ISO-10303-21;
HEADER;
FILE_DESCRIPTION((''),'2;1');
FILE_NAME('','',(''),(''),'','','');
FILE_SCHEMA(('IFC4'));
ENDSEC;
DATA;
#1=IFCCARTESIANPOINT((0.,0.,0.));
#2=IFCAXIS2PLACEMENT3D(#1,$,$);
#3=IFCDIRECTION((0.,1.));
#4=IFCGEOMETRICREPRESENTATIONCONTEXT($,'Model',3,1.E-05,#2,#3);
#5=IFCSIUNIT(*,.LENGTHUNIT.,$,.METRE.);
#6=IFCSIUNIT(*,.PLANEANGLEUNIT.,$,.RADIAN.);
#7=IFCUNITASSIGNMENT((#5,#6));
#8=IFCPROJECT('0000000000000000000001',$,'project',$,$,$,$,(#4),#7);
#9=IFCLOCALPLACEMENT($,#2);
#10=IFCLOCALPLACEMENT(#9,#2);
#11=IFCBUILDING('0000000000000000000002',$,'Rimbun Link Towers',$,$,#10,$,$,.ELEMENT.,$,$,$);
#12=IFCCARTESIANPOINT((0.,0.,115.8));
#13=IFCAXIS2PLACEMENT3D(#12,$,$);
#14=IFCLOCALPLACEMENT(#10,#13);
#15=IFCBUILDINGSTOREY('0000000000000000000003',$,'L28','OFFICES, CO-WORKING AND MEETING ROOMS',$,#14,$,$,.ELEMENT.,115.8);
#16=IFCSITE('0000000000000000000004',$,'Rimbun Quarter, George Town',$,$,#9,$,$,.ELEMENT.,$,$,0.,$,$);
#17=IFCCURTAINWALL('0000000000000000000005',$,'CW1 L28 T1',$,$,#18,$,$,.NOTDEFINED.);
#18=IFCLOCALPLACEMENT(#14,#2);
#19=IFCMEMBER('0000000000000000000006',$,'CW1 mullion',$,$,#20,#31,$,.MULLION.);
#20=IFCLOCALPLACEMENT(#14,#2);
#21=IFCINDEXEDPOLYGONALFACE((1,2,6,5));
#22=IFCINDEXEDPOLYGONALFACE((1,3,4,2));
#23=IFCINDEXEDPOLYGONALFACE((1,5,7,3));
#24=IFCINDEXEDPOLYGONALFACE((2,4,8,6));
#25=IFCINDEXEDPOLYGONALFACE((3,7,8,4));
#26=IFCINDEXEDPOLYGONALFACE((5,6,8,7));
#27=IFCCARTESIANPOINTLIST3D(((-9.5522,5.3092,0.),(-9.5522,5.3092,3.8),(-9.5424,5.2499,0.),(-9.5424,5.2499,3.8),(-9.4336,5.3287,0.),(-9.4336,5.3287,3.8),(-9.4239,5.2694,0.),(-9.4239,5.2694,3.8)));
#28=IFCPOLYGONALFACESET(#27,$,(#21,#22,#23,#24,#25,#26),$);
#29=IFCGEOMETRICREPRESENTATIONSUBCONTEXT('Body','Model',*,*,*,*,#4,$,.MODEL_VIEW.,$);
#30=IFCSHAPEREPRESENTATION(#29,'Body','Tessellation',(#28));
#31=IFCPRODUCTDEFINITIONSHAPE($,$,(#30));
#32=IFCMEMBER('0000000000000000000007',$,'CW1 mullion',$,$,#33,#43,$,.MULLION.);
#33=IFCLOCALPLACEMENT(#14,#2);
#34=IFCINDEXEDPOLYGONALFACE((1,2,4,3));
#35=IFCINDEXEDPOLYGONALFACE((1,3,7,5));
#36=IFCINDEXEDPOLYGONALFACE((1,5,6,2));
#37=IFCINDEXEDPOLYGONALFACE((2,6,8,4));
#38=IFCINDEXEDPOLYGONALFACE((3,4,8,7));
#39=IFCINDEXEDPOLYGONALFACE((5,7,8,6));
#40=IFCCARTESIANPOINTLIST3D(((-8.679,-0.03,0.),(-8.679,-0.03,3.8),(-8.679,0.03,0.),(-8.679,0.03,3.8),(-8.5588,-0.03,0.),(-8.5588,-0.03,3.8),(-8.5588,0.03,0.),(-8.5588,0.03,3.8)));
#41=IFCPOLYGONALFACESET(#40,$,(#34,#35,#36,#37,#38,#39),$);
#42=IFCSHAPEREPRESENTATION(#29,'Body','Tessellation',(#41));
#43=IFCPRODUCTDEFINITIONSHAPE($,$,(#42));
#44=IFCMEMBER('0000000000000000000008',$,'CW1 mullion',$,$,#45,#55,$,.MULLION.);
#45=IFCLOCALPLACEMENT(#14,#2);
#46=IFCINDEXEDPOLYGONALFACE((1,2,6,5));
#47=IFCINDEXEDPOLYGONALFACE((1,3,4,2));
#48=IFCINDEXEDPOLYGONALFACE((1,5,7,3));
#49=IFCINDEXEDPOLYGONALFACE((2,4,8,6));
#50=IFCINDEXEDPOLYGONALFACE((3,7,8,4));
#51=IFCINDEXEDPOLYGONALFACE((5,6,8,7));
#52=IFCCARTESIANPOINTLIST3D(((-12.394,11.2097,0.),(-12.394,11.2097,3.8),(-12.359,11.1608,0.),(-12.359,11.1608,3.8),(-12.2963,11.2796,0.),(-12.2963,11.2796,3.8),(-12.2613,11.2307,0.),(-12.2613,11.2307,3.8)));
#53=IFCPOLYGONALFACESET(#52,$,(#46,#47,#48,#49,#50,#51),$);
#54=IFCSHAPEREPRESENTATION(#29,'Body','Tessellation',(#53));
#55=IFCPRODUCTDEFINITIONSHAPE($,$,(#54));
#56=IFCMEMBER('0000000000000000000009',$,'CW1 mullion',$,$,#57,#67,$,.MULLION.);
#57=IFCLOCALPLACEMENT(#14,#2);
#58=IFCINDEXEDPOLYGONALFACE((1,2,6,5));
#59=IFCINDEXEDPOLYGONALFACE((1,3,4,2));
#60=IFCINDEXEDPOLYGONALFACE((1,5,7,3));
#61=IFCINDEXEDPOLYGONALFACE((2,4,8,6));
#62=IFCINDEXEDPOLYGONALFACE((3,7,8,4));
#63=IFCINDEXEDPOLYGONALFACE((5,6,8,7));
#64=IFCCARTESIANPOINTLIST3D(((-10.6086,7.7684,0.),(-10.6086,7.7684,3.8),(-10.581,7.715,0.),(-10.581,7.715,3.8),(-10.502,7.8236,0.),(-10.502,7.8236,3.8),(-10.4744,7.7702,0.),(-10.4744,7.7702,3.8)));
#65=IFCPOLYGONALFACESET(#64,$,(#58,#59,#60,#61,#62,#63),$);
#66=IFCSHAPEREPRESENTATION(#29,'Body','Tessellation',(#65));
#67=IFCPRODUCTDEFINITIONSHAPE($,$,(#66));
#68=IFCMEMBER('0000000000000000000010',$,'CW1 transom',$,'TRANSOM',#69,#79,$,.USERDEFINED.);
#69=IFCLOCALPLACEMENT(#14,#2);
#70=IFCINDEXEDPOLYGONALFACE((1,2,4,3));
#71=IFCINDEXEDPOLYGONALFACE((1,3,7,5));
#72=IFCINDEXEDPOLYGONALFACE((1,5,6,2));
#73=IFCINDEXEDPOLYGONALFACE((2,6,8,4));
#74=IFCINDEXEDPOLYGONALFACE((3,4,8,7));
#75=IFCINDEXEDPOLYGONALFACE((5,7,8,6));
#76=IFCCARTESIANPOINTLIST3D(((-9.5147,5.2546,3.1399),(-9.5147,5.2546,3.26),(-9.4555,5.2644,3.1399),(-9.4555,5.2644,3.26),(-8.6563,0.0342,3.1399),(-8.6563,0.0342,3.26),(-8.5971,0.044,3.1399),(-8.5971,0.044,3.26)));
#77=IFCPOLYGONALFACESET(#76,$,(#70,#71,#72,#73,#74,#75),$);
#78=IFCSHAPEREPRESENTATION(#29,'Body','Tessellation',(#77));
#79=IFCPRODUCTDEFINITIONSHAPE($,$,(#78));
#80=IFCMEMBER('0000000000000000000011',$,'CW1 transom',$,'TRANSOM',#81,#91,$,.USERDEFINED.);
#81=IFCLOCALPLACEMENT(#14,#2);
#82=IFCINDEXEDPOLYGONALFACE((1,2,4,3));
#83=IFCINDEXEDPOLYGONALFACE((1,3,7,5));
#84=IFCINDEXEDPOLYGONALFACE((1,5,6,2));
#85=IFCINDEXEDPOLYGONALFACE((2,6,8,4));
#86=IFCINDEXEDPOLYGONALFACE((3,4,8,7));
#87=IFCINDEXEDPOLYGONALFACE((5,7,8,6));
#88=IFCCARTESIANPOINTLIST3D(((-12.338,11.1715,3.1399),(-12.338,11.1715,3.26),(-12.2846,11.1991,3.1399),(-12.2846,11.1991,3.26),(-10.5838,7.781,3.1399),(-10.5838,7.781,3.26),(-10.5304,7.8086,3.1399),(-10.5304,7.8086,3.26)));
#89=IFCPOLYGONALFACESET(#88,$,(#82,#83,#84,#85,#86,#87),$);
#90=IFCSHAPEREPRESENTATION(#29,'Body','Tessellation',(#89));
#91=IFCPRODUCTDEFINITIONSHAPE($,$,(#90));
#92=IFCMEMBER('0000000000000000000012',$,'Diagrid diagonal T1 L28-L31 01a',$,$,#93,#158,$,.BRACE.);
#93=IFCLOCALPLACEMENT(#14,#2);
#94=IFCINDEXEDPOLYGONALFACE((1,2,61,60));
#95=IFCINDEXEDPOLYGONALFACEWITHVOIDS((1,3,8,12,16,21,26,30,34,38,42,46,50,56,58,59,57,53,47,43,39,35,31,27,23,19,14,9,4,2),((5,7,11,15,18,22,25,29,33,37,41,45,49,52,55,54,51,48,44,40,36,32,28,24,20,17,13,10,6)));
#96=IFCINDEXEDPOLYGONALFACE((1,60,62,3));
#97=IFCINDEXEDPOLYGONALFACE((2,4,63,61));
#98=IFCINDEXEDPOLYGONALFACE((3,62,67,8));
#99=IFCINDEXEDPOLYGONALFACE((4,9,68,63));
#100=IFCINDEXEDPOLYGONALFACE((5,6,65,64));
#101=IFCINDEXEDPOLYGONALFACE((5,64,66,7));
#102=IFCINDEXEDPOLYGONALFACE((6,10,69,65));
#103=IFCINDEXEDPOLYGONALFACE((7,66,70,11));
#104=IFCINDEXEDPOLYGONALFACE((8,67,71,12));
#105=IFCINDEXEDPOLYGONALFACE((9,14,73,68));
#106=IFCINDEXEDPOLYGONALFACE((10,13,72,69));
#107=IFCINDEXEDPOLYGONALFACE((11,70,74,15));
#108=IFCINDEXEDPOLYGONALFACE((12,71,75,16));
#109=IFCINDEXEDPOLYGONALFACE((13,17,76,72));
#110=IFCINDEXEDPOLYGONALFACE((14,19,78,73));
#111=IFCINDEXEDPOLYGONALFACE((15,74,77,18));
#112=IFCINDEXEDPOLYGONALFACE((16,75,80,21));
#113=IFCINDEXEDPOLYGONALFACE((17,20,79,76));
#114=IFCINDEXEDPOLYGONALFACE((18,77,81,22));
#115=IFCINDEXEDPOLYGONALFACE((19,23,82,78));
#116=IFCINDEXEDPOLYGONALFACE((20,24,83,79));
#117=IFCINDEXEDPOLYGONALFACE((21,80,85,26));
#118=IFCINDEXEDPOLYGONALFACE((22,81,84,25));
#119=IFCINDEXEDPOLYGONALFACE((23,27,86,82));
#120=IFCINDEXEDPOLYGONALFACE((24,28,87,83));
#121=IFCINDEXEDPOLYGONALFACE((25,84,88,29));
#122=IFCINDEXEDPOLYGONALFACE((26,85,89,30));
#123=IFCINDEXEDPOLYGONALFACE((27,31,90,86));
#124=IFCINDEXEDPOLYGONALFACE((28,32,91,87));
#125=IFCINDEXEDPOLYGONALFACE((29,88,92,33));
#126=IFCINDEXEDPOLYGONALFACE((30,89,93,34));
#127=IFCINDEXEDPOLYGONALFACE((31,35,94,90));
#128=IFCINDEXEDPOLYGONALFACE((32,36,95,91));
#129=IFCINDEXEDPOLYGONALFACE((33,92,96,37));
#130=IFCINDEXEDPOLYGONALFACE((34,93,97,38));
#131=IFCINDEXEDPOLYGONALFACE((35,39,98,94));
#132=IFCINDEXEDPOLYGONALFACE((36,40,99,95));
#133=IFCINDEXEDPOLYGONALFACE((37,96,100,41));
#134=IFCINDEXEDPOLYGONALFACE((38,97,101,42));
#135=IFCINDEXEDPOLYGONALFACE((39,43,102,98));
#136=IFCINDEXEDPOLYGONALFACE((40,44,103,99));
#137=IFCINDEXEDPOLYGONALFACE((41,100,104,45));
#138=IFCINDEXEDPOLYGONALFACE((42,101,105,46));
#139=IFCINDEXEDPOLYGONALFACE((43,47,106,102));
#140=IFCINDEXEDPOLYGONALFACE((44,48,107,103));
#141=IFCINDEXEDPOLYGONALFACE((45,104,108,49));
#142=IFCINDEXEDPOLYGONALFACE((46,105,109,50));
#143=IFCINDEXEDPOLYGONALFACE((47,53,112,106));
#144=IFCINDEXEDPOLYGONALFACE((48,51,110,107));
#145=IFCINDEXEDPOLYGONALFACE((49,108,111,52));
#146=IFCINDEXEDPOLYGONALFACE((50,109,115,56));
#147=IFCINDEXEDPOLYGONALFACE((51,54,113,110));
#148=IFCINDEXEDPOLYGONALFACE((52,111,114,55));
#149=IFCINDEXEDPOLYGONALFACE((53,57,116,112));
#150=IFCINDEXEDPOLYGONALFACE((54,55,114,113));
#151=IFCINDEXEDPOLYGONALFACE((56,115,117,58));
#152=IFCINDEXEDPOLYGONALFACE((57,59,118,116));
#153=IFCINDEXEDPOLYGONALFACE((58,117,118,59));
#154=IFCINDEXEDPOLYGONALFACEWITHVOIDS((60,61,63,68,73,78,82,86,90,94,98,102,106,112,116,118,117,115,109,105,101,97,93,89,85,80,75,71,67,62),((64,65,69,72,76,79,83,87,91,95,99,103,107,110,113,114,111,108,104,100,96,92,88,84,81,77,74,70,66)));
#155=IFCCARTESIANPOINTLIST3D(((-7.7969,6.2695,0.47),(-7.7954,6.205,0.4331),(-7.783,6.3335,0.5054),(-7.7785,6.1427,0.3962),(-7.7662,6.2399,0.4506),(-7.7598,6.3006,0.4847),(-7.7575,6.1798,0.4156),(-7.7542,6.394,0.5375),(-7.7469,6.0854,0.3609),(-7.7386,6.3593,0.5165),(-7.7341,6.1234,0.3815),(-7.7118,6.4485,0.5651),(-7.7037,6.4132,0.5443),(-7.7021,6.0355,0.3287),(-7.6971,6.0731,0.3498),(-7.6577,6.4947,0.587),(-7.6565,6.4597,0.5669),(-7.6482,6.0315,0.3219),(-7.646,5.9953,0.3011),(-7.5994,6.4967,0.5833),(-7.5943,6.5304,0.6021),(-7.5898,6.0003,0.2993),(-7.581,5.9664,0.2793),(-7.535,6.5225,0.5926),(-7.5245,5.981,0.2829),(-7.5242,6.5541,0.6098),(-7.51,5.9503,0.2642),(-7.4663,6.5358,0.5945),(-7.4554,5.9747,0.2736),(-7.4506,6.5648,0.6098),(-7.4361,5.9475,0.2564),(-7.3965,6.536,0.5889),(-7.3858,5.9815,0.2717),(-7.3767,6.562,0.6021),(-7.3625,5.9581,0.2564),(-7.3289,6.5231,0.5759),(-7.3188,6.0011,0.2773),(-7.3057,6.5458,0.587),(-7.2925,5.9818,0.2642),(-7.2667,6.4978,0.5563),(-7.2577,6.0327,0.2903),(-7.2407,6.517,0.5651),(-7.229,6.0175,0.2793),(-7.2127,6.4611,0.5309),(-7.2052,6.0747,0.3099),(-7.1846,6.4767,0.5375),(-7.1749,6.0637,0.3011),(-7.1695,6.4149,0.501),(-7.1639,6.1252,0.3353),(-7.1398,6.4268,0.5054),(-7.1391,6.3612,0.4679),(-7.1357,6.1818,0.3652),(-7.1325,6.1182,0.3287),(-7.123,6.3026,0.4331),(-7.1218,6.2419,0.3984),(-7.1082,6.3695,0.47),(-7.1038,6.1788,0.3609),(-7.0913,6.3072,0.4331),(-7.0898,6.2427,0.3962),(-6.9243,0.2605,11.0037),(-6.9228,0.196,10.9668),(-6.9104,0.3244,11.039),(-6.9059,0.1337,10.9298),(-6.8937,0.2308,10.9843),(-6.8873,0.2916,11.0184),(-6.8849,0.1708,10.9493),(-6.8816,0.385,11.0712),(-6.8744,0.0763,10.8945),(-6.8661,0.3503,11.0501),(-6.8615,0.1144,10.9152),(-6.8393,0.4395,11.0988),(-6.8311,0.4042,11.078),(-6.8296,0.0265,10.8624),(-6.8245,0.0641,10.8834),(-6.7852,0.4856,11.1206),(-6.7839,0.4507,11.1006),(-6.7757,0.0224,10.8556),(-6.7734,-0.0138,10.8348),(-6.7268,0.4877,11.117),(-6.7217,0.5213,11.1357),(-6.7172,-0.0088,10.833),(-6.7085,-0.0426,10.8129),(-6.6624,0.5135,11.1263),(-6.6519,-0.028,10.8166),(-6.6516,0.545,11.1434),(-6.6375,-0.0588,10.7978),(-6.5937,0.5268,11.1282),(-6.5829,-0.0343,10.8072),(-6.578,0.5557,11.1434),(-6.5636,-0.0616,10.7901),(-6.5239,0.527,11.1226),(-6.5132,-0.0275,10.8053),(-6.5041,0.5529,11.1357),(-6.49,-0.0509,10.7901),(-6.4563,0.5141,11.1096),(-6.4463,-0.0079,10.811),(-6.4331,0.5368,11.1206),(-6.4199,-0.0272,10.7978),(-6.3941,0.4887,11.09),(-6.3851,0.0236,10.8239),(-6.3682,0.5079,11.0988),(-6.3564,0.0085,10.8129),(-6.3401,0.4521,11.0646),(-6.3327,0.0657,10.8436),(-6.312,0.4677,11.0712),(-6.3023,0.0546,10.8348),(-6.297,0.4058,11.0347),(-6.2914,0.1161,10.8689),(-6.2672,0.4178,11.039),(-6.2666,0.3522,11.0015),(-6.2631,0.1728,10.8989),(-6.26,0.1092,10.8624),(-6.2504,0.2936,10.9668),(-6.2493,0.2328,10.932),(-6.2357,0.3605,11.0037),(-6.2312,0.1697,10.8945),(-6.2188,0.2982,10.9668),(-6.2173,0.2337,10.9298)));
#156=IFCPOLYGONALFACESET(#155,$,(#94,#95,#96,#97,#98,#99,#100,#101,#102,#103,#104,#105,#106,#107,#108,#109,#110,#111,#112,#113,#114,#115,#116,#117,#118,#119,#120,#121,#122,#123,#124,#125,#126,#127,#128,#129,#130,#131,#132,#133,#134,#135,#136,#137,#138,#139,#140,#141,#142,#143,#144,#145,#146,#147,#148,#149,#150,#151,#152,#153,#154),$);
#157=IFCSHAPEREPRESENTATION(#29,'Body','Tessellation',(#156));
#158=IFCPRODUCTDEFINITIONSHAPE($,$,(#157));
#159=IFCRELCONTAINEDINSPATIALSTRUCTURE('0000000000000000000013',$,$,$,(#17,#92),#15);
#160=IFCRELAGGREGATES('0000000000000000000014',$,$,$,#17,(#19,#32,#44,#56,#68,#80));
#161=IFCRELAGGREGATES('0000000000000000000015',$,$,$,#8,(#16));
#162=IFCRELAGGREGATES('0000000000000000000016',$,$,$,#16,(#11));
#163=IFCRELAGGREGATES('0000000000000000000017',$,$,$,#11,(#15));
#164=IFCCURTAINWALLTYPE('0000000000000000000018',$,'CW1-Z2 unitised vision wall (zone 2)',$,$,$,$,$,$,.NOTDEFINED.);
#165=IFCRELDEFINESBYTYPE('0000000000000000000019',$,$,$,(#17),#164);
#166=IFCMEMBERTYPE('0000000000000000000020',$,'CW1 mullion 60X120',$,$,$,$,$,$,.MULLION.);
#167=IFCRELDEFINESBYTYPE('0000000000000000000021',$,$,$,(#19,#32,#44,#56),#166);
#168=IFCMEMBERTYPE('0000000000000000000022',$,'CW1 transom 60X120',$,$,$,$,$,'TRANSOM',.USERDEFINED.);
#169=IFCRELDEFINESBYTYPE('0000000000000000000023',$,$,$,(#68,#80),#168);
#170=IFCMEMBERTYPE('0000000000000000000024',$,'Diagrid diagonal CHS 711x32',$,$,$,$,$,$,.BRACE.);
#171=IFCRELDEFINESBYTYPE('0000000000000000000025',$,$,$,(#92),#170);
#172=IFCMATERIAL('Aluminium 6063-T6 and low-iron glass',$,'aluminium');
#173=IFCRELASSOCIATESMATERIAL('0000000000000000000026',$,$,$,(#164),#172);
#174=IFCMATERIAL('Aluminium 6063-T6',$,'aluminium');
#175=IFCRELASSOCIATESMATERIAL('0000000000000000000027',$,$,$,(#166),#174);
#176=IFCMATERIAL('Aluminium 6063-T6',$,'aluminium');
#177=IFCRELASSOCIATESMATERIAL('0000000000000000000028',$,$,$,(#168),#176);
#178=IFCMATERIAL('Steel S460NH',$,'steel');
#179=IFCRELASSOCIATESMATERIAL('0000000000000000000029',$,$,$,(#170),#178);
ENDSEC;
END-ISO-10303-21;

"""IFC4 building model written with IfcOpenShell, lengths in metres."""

from ifc_helpers import new_model, si_unit, direction, frame, origin, origin_2d, place, context, subcontext, project, spatial, rectangle, hollow_circle, extrude, material, material_profile, profile_set, type_object, element, aggregate, save


model = new_model("IFC4")

# Units and contexts
model_context = context("Model", 3, precision=1e-05, world=origin(), true_north=direction((0.0, 1.0)))
body_context = subcontext(model_context, "Body", "Model", "MODEL_VIEW")
ifc_project = project(units=[si_unit("LENGTHUNIT", "METRE"), si_unit("PLANEANGLEUNIT", "RADIAN")], contexts=[model_context])

# Site, building, storey
site_placement = place(None, origin())
site = spatial("IfcSite", under=ifc_project, at=site_placement, Name="Rimbun Quarter, George Town", CompositionType="ELEMENT", RefElevation=0.0)
building_placement = place(site_placement, origin())
building = spatial("IfcBuilding", under=site, at=building_placement, Name="Rimbun Link Towers", CompositionType="ELEMENT")
storey_placement = place(building_placement, frame((0.0, 0.0, 115.8)))
storey = spatial("IfcBuildingStorey", under=building, at=storey_placement, Name="L28", Description="OFFICES, CO-WORKING AND MEETING ROOMS", CompositionType="ELEMENT", Elevation=115.8)

# Curtain wall, members
ifc_material_1 = material(Name="Aluminium 6063-T6 and low-iron glass", Category="aluminium")
curtain_wall_type = type_object("IfcCurtainWallType", Name="CW1-Z2 unitised vision wall (zone 2)", PredefinedType="NOTDEFINED", material=ifc_material_1)
curtain_wall_placement = place(storey_placement, origin())
curtain_wall = element("IfcCurtainWall", 1, at=curtain_wall_placement, inside=storey, type_object=curtain_wall_type, Name="CW1 L28 T1", PredefinedType="NOTDEFINED")
ifc_material_2 = material(Name="Aluminium 6063-T6", Category="aluminium")
ifc_material_profile_1 = material_profile(ifc_material_2, rectangle(XDim=0.1201, YDim=0.0601, at=origin_2d()), Name="MULLION 60X120")
ifc_profile_set_1 = profile_set([ifc_material_profile_1], Name="Aluminium 6063-T6")
member_type_1 = type_object("IfcMemberType", Name="CW1 mullion 60X120", PredefinedType="MULLION", material=ifc_profile_set_1)
member_1_placement = place(storey_placement, frame((-9.488, 5.2893, 0.0), z_axis=(0.0, 0.0, 1.0), x_axis=(0.986747, 0.162269, 0.0)))
member_1 = element("IfcMember", 2, at=member_1_placement, type_object=member_type_1, Name="CW1 mullion", PredefinedType="MULLION", context=body_context, shape_type="SweptSolid", body=[
    extrude(rectangle(XDim=0.1201, YDim=0.0601, at=origin_2d()), origin(), (0.0, 0.0, 1.0), 3.8),
])
member_2_placement = place(storey_placement, frame((-8.6189, 0.0, 0.0), z_axis=(0.0, 0.0, 1.0), x_axis=(1.0, 0.0, 0.0)))
member_2 = element("IfcMember", 3, at=member_2_placement, type_object=member_type_1, Name="CW1 mullion", PredefinedType="MULLION", context=body_context, shape_type="SweptSolid", body=[
    extrude(rectangle(XDim=0.1201, YDim=0.0601, at=origin_2d()), origin(), (0.0, 0.0, 1.0), 3.8),
])
member_3_placement = place(storey_placement, frame((-12.3276, 11.2202, 0.0), z_axis=(0.0, 0.0, 1.0), x_axis=(0.813348, 0.581777, 0.0)))
member_3 = element("IfcMember", 4, at=member_3_placement, type_object=member_type_1, Name="CW1 mullion", PredefinedType="MULLION", context=body_context, shape_type="SweptSolid", body=[
    extrude(rectangle(XDim=0.1201, YDim=0.0601, at=origin_2d()), origin(), (0.0, 0.0, 1.0), 3.8),
])
member_4_placement = place(storey_placement, frame((-10.5415, 7.7693, 0.0), z_axis=(0.0, 0.0, 1.0), x_axis=(0.888157, 0.459541, 0.0)))
member_4 = element("IfcMember", 5, at=member_4_placement, type_object=member_type_1, Name="CW1 mullion", PredefinedType="MULLION", context=body_context, shape_type="SweptSolid", body=[
    extrude(rectangle(XDim=0.1201, YDim=0.0601, at=origin_2d()), origin(), (0.0, 0.0, 1.0), 3.8),
])
ifc_material_3 = material(Name="Aluminium 6063-T6", Category="aluminium")
ifc_material_profile_2 = material_profile(ifc_material_3, rectangle(XDim=0.0601, YDim=0.1201, at=origin_2d()), Name="TRANSOM 60X120")
ifc_profile_set_2 = profile_set([ifc_material_profile_2], Name="Aluminium 6063-T6")
member_type_2 = type_object("IfcMemberType", Name="CW1 transom 60X120", ElementType="TRANSOM", PredefinedType="USERDEFINED", material=ifc_profile_set_2)
member_5_placement = place(storey_placement, frame((-9.4851, 5.2595, 3.2), z_axis=(0.162251, -0.98675, 0.0), x_axis=(0.98675, 0.162251, 0.0)))
member_5 = element("IfcMember", 6, at=member_5_placement, type_object=member_type_2, Name="CW1 transom", ObjectType="TRANSOM", PredefinedType="USERDEFINED", context=body_context, shape_type="SweptSolid", body=[
    extrude(rectangle(XDim=0.0601, YDim=0.1201, at=origin_2d()), origin(), (0.0, 0.0, 1.0), 5.2905),
])
member_6_placement = place(storey_placement, frame((-12.3113, 11.1853, 3.2), z_axis=(0.459527, -0.888164, 0.0), x_axis=(0.888164, 0.459527, 0.0)))
member_6 = element("IfcMember", 7, at=member_6_placement, type_object=member_type_2, Name="CW1 transom", ObjectType="TRANSOM", PredefinedType="USERDEFINED", context=body_context, shape_type="SweptSolid", body=[
    extrude(rectangle(XDim=0.0601, YDim=0.1201, at=origin_2d()), origin(), (0.0, 0.0, 1.0), 3.8174),
])

# Member
ifc_material_4 = material(Name="Steel S460NH", Category="steel")
ifc_material_profile_3 = material_profile(ifc_material_4, hollow_circle(Radius=0.3557, WallThickness=0.032, at=origin_2d()), Name="Diagrid diagonal CHS 711x32")
ifc_profile_set_3 = profile_set([ifc_material_profile_3], Name="Steel S460NH")
member_type_3 = type_object("IfcMemberType", Name="Diagrid diagonal CHS 711x32", PredefinedType="BRACE", material=ifc_profile_set_3)
member_7_placement = place(storey_placement, frame((-7.4434, 6.2561, 0.4331), z_axis=(0.071765, -0.494226, 0.866366), x_axis=(0.989621, 0.143701, 0.0)))
element("IfcMember", 8, at=member_7_placement, inside=storey, type_object=member_type_3, Name="Diagrid diagonal T1 L28-L31 01a", PredefinedType="BRACE", context=body_context, shape_type="SweptSolid", body=[
    extrude(hollow_circle(Radius=0.3557, WallThickness=0.032, at=origin_2d()), origin(), (0.0, 0.0, 1.0), 12.1584),
])

aggregate(curtain_wall, [member_1, member_2, member_3, member_4, member_5, member_6])

save(model, "model.ifc")
